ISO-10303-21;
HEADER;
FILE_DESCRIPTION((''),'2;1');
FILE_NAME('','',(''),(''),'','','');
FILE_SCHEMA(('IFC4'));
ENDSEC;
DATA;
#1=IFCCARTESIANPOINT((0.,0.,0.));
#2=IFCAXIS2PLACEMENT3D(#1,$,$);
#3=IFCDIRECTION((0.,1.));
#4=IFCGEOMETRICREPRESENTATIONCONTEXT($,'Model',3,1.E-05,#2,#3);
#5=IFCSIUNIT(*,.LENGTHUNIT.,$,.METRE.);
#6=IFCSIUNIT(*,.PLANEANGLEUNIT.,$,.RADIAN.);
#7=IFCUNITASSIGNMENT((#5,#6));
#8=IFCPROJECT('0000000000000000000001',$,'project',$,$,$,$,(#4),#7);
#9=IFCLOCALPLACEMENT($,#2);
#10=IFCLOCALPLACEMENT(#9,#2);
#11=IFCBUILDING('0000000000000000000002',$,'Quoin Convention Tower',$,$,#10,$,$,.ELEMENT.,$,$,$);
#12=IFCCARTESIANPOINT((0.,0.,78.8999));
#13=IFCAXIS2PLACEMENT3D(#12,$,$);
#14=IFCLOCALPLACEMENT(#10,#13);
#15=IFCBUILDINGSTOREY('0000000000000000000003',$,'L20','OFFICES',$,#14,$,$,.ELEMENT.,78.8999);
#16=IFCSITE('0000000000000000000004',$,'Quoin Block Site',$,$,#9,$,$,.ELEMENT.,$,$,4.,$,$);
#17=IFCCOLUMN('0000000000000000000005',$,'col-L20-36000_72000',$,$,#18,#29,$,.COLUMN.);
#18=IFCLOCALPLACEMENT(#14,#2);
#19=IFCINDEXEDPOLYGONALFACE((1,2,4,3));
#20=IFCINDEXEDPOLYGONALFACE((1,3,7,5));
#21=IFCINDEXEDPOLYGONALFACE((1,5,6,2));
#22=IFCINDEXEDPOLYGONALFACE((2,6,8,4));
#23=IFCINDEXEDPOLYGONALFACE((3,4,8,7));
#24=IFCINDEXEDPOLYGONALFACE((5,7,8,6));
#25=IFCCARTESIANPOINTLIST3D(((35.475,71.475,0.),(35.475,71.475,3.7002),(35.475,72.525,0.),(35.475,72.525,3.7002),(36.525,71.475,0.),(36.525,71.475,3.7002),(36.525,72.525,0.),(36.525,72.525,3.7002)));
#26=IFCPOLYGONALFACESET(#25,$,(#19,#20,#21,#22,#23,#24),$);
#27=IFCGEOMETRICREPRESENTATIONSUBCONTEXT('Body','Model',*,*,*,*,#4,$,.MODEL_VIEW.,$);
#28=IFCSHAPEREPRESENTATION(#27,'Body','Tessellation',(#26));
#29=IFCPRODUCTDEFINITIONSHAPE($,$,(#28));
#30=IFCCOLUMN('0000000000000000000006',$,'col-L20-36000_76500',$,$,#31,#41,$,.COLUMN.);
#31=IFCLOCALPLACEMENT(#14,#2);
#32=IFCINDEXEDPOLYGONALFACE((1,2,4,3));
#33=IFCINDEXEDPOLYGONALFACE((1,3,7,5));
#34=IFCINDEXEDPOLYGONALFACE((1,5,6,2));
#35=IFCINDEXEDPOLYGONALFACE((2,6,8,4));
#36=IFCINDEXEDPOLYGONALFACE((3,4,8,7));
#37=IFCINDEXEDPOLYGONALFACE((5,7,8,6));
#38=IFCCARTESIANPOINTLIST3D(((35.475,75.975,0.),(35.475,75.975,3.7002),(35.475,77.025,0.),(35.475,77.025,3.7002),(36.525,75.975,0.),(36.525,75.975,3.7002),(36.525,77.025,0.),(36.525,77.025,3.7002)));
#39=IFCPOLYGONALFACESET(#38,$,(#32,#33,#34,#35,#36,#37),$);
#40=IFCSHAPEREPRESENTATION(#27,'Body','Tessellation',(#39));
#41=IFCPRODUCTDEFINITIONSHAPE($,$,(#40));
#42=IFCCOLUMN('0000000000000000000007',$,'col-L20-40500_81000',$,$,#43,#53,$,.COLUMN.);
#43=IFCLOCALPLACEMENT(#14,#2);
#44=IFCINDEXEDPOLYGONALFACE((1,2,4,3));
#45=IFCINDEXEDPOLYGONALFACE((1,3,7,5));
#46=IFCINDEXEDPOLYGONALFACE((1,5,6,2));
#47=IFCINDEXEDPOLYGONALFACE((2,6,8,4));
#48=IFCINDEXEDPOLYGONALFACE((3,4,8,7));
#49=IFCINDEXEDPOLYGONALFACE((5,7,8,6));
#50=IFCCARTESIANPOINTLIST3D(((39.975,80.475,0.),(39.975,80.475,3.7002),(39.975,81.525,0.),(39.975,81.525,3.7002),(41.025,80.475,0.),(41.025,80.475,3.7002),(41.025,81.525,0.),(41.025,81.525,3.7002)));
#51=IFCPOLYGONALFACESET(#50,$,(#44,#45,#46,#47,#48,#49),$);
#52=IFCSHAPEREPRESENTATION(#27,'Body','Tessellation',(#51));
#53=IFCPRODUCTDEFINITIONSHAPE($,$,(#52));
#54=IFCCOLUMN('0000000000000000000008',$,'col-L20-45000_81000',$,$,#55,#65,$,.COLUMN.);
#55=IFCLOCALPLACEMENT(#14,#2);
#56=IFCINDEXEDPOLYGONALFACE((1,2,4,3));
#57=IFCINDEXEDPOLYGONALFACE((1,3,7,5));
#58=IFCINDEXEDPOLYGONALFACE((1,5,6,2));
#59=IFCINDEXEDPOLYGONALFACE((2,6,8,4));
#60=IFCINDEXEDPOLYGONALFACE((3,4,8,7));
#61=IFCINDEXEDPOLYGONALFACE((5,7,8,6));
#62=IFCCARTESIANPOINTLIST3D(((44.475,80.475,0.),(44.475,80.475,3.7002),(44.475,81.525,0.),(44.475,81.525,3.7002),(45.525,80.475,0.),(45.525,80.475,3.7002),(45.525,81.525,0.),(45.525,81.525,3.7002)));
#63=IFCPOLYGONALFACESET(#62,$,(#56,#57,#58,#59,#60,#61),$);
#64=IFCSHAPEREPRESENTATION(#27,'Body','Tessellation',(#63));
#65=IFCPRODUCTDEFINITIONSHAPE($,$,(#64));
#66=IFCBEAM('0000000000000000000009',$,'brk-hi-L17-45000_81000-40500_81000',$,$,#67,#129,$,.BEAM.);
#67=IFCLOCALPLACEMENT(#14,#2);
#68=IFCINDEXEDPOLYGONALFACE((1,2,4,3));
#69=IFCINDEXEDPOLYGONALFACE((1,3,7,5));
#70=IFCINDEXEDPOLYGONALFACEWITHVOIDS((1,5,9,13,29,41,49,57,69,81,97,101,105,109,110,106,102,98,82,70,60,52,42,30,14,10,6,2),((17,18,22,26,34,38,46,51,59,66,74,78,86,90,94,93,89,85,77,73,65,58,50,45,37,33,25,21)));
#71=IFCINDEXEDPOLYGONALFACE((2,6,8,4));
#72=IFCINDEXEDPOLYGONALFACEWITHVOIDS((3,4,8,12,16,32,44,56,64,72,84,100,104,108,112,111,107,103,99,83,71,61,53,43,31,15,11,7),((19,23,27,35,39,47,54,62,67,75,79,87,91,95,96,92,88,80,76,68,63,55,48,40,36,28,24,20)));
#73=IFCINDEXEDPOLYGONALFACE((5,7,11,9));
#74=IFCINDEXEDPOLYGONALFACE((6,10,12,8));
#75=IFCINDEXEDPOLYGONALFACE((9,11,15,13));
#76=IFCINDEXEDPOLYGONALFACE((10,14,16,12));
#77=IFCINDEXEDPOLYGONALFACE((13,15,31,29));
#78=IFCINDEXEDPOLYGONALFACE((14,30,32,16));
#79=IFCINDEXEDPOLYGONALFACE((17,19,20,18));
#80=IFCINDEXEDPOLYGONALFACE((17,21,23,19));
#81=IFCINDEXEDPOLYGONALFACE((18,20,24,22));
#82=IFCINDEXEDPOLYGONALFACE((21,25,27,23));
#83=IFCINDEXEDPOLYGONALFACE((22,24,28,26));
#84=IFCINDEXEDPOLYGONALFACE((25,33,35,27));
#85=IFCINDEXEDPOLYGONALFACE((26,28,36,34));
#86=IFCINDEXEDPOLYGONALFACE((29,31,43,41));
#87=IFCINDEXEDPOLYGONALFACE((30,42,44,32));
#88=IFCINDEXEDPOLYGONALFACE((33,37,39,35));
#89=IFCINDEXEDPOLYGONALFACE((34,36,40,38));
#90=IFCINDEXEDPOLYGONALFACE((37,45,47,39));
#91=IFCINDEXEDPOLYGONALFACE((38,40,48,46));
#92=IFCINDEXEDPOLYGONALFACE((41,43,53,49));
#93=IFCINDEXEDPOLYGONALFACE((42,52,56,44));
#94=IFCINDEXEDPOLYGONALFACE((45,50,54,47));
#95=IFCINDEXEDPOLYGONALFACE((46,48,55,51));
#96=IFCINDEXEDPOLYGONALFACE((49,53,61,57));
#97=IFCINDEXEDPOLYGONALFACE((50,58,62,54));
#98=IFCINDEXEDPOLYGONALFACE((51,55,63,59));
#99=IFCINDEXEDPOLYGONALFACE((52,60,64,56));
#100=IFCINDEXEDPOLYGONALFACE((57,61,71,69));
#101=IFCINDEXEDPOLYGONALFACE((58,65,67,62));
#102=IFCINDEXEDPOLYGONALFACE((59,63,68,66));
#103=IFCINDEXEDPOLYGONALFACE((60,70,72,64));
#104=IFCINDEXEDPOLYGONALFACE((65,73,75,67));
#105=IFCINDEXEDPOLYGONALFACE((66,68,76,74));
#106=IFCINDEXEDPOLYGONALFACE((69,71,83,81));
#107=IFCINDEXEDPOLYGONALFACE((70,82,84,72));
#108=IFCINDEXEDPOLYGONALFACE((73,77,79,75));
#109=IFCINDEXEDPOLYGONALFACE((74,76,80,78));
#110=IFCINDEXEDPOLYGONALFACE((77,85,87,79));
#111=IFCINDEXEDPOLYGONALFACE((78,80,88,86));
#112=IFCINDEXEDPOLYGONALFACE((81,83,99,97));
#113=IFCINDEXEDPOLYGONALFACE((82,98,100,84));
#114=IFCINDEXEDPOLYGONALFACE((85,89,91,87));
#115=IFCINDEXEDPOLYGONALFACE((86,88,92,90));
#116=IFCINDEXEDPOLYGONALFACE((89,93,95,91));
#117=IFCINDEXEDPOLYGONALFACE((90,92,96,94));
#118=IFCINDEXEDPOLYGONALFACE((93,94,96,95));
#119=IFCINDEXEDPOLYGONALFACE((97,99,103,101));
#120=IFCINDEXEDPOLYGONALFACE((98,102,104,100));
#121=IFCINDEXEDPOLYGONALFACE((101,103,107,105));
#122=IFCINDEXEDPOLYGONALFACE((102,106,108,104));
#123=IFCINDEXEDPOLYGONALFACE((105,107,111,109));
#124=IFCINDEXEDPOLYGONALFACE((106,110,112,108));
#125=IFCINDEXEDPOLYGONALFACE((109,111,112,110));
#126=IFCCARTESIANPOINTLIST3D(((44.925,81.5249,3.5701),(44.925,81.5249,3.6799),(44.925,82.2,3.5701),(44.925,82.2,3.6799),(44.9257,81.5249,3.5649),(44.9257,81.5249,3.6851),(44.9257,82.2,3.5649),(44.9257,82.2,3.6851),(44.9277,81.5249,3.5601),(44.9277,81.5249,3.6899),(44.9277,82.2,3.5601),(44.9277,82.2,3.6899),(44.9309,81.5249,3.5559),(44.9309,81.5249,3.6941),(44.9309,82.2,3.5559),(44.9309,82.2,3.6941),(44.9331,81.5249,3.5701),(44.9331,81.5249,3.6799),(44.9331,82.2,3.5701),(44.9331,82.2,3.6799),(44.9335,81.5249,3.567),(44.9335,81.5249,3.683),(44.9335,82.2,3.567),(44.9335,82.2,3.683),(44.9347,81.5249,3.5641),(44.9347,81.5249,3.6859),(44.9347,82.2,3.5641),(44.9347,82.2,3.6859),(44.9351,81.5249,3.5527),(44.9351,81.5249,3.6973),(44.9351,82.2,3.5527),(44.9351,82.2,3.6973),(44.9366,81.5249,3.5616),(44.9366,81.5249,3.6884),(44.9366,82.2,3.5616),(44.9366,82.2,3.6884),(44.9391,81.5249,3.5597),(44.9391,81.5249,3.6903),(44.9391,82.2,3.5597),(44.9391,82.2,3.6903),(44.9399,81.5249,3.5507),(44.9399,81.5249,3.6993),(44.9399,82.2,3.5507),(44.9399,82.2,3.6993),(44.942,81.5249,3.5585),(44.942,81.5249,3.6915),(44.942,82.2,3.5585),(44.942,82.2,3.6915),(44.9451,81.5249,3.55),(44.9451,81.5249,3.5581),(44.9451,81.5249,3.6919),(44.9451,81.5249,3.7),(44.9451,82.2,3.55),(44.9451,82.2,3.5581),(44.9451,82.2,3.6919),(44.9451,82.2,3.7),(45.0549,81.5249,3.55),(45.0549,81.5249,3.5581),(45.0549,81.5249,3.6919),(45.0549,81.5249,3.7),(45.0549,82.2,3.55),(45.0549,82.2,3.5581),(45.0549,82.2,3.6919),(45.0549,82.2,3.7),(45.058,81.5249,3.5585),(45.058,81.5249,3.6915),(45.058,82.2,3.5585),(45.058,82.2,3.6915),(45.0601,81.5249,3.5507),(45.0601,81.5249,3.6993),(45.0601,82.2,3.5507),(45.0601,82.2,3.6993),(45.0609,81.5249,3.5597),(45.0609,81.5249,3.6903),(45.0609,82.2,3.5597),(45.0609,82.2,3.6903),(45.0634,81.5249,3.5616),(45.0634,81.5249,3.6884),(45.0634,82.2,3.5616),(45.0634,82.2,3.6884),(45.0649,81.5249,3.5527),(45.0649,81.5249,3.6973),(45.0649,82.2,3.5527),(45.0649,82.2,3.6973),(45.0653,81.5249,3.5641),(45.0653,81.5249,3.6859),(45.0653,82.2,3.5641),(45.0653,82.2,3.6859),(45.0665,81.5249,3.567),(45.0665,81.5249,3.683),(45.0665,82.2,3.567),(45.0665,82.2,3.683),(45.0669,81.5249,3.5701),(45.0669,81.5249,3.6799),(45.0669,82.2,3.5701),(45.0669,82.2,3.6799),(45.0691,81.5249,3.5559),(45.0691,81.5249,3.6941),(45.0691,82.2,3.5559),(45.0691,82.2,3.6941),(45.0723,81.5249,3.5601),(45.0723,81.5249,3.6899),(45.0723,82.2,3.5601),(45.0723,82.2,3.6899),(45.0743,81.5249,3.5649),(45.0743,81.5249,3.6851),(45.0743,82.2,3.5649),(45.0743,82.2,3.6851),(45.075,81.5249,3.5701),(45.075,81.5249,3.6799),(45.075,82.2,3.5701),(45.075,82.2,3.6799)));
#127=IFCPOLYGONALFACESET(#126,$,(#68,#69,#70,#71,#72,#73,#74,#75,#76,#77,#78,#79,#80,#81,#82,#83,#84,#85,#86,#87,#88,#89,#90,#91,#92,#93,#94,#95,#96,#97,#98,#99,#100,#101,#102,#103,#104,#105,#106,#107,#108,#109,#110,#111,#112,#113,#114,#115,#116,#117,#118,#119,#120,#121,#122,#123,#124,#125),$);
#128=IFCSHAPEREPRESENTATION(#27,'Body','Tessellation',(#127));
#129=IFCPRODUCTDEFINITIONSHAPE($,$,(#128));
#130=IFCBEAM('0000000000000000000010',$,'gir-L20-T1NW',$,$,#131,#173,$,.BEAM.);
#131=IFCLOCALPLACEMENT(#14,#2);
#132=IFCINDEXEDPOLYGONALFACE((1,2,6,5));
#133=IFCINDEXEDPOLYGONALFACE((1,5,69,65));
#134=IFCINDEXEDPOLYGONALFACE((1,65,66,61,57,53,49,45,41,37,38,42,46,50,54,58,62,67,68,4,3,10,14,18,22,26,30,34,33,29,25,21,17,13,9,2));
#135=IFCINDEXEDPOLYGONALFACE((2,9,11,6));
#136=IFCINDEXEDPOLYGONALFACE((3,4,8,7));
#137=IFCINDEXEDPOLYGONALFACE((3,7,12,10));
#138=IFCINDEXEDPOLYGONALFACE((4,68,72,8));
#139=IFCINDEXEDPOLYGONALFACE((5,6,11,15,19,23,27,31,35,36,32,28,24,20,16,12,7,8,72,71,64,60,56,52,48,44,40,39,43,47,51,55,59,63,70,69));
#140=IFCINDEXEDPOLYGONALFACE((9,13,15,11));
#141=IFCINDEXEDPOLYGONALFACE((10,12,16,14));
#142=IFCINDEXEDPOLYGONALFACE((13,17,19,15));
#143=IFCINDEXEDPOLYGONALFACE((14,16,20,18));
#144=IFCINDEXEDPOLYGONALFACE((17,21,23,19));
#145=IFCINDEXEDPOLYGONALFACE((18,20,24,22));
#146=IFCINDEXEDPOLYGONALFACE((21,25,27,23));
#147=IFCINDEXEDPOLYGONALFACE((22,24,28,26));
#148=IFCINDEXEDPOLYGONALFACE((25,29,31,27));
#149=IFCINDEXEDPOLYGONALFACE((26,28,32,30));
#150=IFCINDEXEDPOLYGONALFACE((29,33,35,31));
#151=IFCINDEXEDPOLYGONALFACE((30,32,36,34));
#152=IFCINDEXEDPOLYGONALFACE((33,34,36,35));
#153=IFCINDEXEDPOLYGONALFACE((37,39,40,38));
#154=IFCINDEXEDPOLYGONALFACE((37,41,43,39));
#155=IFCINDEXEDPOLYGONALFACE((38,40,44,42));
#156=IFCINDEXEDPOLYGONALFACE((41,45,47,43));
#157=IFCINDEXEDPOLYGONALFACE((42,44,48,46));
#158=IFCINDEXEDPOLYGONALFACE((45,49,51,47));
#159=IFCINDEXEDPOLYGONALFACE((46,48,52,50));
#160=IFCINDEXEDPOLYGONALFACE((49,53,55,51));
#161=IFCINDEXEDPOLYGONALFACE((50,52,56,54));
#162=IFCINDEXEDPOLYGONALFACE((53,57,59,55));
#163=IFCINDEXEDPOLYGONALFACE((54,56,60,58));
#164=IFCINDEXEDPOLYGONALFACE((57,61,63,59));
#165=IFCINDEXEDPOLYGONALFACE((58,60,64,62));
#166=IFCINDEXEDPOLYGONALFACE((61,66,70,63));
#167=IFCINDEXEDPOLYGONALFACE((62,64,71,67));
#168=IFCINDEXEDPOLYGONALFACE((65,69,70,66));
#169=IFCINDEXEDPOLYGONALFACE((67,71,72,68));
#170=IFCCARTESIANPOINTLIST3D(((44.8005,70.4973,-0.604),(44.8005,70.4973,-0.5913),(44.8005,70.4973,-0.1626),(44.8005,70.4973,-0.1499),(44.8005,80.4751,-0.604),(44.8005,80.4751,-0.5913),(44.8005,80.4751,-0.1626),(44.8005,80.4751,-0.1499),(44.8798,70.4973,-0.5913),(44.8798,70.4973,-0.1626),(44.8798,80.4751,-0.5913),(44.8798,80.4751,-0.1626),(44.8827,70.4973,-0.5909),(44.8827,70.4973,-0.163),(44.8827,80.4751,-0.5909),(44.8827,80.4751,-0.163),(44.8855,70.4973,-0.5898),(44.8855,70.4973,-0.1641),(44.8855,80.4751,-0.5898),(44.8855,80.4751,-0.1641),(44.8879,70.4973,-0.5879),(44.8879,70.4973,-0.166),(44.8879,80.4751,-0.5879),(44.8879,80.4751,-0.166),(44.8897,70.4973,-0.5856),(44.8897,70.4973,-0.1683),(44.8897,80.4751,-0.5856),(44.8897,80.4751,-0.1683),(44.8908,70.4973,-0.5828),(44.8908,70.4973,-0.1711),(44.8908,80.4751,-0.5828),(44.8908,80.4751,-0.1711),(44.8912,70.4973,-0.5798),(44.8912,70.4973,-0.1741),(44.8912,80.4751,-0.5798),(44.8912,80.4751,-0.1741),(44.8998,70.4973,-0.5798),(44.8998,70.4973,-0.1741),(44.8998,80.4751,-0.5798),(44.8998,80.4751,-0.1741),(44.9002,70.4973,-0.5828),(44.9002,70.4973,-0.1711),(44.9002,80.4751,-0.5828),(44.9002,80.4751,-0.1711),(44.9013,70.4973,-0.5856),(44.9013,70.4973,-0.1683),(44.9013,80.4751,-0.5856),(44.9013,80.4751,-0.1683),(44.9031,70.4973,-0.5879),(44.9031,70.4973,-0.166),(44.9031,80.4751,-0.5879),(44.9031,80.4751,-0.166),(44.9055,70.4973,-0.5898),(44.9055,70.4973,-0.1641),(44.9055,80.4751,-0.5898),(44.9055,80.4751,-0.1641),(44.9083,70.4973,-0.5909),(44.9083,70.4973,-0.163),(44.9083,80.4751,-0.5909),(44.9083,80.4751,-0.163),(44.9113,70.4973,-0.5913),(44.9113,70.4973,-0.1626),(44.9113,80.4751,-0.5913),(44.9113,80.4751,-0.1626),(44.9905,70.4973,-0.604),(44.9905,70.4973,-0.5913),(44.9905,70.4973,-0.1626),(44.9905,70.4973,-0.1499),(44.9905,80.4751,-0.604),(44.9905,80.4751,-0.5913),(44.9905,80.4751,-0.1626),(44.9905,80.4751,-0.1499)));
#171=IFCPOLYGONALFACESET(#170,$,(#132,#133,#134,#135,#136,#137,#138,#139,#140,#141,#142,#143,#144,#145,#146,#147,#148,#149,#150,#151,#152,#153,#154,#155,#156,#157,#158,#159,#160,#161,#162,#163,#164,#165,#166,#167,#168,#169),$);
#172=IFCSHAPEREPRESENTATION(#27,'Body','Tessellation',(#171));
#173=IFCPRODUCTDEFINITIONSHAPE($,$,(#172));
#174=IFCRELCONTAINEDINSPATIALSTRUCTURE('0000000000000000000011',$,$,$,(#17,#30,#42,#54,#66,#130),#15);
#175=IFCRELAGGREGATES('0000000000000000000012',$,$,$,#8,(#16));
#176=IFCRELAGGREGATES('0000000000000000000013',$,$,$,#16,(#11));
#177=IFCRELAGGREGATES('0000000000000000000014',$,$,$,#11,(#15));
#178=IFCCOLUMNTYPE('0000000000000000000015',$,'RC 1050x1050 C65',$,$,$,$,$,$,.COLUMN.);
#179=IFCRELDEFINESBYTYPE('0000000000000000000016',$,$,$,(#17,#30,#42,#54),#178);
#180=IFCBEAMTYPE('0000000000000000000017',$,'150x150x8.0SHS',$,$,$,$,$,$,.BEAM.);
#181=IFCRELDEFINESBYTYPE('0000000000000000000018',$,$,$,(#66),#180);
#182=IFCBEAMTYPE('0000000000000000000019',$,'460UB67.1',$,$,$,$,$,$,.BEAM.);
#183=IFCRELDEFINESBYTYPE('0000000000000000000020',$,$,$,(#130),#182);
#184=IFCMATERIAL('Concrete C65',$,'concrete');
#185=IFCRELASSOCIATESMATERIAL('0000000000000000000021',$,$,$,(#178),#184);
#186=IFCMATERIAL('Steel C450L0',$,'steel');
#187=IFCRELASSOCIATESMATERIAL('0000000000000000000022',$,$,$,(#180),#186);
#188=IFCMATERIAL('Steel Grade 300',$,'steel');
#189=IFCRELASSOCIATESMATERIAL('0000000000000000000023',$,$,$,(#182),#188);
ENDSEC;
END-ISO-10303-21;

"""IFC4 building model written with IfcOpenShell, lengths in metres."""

from ifc_helpers import new_model, si_unit, direction, frame, origin, origin_2d, place, context, subcontext, project, spatial, rectangle, hollow_rectangle, i_section, extrude, material, material_profile, profile_set, type_object, element, save


model = new_model("IFC4")

# Units and contexts
model_context = context("Model", 3, precision=1e-05, world=origin(), true_north=direction((0.0, 1.0)))
body_context = subcontext(model_context, "Body", "Model", "MODEL_VIEW")
ifc_project = project(units=[si_unit("LENGTHUNIT", "METRE"), si_unit("PLANEANGLEUNIT", "RADIAN")], contexts=[model_context])

# Site, building, storey
site_placement = place(None, origin())
site = spatial("IfcSite", under=ifc_project, at=site_placement, Name="Quoin Block Site", CompositionType="ELEMENT", RefElevation=4.0)
building_placement = place(site_placement, origin())
building = spatial("IfcBuilding", under=site, at=building_placement, Name="Quoin Convention Tower", CompositionType="ELEMENT")
storey_placement = place(building_placement, frame((0.0, 0.0, 78.8999)))
storey = spatial("IfcBuildingStorey", under=building, at=storey_placement, Name="L20", Description="OFFICES", CompositionType="ELEMENT", Elevation=78.8999)

# Columns
ifc_material_1 = material(Name="Concrete C65", Category="concrete")
ifc_material_profile_1 = material_profile(ifc_material_1, rectangle(XDim=1.05, YDim=1.05, at=origin_2d()), Name="RC 1050x1050")
ifc_profile_set_1 = profile_set([ifc_material_profile_1], Name="Concrete C65")
column_type = type_object("IfcColumnType", Name="RC 1050x1050 C65", PredefinedType="COLUMN", material=ifc_profile_set_1)
for number, where, z_axis, x_axis, name in (
    (1, (36.0, 72.0, 0.0), (0.0, 0.0, 1.0), (1.0, 0.0, 0.0), "col-L20-36000_72000"),
    (2, (36.0, 76.5, 0.0), (0.0, 0.0, 1.0), (1.0, 0.0, 0.0), "col-L20-36000_76500"),
    (3, (40.5, 81.0, 0.0), (0.0, 0.0, 1.0), (1.0, 0.0, 0.0), "col-L20-40500_81000"),
    (4, (45.0, 81.0, 0.0), (0.0, 0.0, 1.0), (1.0, 0.0, 0.0), "col-L20-45000_81000"),
):
    element("IfcColumn", number, at=place(storey_placement, frame(where, z_axis=z_axis, x_axis=x_axis)), inside=storey, type_object=column_type, Name=name, PredefinedType="COLUMN", context=body_context, shape_type="SweptSolid", body=[
        extrude(rectangle(XDim=1.05, YDim=1.05, at=origin_2d()), origin(), (0.0, 0.0, 1.0), 3.7002),
    ])

# Beams
ifc_material_2 = material(Name="Steel C450L0", Category="steel")
ifc_material_profile_2 = material_profile(ifc_material_2, hollow_rectangle(XDim=0.1499, YDim=0.1499, WallThickness=0.0081, InnerFilletRadius=0.012, OuterFilletRadius=0.02, at=origin_2d()), Name="150x150x8.0SHS")
ifc_profile_set_2 = profile_set([ifc_material_profile_2], Name="Steel C450L0")
beam_type_1 = type_object("IfcBeamType", Name="150x150x8.0SHS", PredefinedType="BEAM", material=ifc_profile_set_2)
beam_1_placement = place(storey_placement, frame((45.0, 81.5249, 3.625), z_axis=(0.0, 1.0, 0.0), x_axis=(-1.0, 0.0, 0.0)))
element("IfcBeam", 5, at=beam_1_placement, inside=storey, type_object=beam_type_1, Name="brk-hi-L17-45000_81000-40500_81000", PredefinedType="BEAM", context=body_context, shape_type="SweptSolid", body=[
    extrude(hollow_rectangle(XDim=0.1499, YDim=0.1499, WallThickness=0.0081, InnerFilletRadius=0.012, OuterFilletRadius=0.02, at=origin_2d()), origin(), (0.0, 0.0, 1.0), 0.675),
])
ifc_material_3 = material(Name="Steel Grade 300", Category="steel")
ifc_material_profile_3 = material_profile(ifc_material_3, i_section(OverallWidth=0.1899, OverallDepth=0.4541, WebThickness=0.0085, FlangeThickness=0.0127, FilletRadius=0.0115, at=origin_2d()), Name="460UB67.1")
ifc_profile_set_3 = profile_set([ifc_material_profile_3], Name="Steel Grade 300")
beam_type_2 = type_object("IfcBeamType", Name="460UB67.1", PredefinedType="BEAM", material=ifc_profile_set_3)
beam_2_placement = place(storey_placement, frame((44.8955, 80.4751, -0.377), z_axis=(0.0, -1.0, 0.0), x_axis=(1.0, 0.0, 0.0)))
element("IfcBeam", 6, at=beam_2_placement, inside=storey, type_object=beam_type_2, Name="gir-L20-T1NW", PredefinedType="BEAM", context=body_context, shape_type="SweptSolid", body=[
    extrude(i_section(OverallWidth=0.1899, OverallDepth=0.4541, WebThickness=0.0085, FlangeThickness=0.0127, FilletRadius=0.0115, at=origin_2d()), origin(), (0.0, 0.0, 1.0), 9.9778),
])

save(model, "model.ifc")
